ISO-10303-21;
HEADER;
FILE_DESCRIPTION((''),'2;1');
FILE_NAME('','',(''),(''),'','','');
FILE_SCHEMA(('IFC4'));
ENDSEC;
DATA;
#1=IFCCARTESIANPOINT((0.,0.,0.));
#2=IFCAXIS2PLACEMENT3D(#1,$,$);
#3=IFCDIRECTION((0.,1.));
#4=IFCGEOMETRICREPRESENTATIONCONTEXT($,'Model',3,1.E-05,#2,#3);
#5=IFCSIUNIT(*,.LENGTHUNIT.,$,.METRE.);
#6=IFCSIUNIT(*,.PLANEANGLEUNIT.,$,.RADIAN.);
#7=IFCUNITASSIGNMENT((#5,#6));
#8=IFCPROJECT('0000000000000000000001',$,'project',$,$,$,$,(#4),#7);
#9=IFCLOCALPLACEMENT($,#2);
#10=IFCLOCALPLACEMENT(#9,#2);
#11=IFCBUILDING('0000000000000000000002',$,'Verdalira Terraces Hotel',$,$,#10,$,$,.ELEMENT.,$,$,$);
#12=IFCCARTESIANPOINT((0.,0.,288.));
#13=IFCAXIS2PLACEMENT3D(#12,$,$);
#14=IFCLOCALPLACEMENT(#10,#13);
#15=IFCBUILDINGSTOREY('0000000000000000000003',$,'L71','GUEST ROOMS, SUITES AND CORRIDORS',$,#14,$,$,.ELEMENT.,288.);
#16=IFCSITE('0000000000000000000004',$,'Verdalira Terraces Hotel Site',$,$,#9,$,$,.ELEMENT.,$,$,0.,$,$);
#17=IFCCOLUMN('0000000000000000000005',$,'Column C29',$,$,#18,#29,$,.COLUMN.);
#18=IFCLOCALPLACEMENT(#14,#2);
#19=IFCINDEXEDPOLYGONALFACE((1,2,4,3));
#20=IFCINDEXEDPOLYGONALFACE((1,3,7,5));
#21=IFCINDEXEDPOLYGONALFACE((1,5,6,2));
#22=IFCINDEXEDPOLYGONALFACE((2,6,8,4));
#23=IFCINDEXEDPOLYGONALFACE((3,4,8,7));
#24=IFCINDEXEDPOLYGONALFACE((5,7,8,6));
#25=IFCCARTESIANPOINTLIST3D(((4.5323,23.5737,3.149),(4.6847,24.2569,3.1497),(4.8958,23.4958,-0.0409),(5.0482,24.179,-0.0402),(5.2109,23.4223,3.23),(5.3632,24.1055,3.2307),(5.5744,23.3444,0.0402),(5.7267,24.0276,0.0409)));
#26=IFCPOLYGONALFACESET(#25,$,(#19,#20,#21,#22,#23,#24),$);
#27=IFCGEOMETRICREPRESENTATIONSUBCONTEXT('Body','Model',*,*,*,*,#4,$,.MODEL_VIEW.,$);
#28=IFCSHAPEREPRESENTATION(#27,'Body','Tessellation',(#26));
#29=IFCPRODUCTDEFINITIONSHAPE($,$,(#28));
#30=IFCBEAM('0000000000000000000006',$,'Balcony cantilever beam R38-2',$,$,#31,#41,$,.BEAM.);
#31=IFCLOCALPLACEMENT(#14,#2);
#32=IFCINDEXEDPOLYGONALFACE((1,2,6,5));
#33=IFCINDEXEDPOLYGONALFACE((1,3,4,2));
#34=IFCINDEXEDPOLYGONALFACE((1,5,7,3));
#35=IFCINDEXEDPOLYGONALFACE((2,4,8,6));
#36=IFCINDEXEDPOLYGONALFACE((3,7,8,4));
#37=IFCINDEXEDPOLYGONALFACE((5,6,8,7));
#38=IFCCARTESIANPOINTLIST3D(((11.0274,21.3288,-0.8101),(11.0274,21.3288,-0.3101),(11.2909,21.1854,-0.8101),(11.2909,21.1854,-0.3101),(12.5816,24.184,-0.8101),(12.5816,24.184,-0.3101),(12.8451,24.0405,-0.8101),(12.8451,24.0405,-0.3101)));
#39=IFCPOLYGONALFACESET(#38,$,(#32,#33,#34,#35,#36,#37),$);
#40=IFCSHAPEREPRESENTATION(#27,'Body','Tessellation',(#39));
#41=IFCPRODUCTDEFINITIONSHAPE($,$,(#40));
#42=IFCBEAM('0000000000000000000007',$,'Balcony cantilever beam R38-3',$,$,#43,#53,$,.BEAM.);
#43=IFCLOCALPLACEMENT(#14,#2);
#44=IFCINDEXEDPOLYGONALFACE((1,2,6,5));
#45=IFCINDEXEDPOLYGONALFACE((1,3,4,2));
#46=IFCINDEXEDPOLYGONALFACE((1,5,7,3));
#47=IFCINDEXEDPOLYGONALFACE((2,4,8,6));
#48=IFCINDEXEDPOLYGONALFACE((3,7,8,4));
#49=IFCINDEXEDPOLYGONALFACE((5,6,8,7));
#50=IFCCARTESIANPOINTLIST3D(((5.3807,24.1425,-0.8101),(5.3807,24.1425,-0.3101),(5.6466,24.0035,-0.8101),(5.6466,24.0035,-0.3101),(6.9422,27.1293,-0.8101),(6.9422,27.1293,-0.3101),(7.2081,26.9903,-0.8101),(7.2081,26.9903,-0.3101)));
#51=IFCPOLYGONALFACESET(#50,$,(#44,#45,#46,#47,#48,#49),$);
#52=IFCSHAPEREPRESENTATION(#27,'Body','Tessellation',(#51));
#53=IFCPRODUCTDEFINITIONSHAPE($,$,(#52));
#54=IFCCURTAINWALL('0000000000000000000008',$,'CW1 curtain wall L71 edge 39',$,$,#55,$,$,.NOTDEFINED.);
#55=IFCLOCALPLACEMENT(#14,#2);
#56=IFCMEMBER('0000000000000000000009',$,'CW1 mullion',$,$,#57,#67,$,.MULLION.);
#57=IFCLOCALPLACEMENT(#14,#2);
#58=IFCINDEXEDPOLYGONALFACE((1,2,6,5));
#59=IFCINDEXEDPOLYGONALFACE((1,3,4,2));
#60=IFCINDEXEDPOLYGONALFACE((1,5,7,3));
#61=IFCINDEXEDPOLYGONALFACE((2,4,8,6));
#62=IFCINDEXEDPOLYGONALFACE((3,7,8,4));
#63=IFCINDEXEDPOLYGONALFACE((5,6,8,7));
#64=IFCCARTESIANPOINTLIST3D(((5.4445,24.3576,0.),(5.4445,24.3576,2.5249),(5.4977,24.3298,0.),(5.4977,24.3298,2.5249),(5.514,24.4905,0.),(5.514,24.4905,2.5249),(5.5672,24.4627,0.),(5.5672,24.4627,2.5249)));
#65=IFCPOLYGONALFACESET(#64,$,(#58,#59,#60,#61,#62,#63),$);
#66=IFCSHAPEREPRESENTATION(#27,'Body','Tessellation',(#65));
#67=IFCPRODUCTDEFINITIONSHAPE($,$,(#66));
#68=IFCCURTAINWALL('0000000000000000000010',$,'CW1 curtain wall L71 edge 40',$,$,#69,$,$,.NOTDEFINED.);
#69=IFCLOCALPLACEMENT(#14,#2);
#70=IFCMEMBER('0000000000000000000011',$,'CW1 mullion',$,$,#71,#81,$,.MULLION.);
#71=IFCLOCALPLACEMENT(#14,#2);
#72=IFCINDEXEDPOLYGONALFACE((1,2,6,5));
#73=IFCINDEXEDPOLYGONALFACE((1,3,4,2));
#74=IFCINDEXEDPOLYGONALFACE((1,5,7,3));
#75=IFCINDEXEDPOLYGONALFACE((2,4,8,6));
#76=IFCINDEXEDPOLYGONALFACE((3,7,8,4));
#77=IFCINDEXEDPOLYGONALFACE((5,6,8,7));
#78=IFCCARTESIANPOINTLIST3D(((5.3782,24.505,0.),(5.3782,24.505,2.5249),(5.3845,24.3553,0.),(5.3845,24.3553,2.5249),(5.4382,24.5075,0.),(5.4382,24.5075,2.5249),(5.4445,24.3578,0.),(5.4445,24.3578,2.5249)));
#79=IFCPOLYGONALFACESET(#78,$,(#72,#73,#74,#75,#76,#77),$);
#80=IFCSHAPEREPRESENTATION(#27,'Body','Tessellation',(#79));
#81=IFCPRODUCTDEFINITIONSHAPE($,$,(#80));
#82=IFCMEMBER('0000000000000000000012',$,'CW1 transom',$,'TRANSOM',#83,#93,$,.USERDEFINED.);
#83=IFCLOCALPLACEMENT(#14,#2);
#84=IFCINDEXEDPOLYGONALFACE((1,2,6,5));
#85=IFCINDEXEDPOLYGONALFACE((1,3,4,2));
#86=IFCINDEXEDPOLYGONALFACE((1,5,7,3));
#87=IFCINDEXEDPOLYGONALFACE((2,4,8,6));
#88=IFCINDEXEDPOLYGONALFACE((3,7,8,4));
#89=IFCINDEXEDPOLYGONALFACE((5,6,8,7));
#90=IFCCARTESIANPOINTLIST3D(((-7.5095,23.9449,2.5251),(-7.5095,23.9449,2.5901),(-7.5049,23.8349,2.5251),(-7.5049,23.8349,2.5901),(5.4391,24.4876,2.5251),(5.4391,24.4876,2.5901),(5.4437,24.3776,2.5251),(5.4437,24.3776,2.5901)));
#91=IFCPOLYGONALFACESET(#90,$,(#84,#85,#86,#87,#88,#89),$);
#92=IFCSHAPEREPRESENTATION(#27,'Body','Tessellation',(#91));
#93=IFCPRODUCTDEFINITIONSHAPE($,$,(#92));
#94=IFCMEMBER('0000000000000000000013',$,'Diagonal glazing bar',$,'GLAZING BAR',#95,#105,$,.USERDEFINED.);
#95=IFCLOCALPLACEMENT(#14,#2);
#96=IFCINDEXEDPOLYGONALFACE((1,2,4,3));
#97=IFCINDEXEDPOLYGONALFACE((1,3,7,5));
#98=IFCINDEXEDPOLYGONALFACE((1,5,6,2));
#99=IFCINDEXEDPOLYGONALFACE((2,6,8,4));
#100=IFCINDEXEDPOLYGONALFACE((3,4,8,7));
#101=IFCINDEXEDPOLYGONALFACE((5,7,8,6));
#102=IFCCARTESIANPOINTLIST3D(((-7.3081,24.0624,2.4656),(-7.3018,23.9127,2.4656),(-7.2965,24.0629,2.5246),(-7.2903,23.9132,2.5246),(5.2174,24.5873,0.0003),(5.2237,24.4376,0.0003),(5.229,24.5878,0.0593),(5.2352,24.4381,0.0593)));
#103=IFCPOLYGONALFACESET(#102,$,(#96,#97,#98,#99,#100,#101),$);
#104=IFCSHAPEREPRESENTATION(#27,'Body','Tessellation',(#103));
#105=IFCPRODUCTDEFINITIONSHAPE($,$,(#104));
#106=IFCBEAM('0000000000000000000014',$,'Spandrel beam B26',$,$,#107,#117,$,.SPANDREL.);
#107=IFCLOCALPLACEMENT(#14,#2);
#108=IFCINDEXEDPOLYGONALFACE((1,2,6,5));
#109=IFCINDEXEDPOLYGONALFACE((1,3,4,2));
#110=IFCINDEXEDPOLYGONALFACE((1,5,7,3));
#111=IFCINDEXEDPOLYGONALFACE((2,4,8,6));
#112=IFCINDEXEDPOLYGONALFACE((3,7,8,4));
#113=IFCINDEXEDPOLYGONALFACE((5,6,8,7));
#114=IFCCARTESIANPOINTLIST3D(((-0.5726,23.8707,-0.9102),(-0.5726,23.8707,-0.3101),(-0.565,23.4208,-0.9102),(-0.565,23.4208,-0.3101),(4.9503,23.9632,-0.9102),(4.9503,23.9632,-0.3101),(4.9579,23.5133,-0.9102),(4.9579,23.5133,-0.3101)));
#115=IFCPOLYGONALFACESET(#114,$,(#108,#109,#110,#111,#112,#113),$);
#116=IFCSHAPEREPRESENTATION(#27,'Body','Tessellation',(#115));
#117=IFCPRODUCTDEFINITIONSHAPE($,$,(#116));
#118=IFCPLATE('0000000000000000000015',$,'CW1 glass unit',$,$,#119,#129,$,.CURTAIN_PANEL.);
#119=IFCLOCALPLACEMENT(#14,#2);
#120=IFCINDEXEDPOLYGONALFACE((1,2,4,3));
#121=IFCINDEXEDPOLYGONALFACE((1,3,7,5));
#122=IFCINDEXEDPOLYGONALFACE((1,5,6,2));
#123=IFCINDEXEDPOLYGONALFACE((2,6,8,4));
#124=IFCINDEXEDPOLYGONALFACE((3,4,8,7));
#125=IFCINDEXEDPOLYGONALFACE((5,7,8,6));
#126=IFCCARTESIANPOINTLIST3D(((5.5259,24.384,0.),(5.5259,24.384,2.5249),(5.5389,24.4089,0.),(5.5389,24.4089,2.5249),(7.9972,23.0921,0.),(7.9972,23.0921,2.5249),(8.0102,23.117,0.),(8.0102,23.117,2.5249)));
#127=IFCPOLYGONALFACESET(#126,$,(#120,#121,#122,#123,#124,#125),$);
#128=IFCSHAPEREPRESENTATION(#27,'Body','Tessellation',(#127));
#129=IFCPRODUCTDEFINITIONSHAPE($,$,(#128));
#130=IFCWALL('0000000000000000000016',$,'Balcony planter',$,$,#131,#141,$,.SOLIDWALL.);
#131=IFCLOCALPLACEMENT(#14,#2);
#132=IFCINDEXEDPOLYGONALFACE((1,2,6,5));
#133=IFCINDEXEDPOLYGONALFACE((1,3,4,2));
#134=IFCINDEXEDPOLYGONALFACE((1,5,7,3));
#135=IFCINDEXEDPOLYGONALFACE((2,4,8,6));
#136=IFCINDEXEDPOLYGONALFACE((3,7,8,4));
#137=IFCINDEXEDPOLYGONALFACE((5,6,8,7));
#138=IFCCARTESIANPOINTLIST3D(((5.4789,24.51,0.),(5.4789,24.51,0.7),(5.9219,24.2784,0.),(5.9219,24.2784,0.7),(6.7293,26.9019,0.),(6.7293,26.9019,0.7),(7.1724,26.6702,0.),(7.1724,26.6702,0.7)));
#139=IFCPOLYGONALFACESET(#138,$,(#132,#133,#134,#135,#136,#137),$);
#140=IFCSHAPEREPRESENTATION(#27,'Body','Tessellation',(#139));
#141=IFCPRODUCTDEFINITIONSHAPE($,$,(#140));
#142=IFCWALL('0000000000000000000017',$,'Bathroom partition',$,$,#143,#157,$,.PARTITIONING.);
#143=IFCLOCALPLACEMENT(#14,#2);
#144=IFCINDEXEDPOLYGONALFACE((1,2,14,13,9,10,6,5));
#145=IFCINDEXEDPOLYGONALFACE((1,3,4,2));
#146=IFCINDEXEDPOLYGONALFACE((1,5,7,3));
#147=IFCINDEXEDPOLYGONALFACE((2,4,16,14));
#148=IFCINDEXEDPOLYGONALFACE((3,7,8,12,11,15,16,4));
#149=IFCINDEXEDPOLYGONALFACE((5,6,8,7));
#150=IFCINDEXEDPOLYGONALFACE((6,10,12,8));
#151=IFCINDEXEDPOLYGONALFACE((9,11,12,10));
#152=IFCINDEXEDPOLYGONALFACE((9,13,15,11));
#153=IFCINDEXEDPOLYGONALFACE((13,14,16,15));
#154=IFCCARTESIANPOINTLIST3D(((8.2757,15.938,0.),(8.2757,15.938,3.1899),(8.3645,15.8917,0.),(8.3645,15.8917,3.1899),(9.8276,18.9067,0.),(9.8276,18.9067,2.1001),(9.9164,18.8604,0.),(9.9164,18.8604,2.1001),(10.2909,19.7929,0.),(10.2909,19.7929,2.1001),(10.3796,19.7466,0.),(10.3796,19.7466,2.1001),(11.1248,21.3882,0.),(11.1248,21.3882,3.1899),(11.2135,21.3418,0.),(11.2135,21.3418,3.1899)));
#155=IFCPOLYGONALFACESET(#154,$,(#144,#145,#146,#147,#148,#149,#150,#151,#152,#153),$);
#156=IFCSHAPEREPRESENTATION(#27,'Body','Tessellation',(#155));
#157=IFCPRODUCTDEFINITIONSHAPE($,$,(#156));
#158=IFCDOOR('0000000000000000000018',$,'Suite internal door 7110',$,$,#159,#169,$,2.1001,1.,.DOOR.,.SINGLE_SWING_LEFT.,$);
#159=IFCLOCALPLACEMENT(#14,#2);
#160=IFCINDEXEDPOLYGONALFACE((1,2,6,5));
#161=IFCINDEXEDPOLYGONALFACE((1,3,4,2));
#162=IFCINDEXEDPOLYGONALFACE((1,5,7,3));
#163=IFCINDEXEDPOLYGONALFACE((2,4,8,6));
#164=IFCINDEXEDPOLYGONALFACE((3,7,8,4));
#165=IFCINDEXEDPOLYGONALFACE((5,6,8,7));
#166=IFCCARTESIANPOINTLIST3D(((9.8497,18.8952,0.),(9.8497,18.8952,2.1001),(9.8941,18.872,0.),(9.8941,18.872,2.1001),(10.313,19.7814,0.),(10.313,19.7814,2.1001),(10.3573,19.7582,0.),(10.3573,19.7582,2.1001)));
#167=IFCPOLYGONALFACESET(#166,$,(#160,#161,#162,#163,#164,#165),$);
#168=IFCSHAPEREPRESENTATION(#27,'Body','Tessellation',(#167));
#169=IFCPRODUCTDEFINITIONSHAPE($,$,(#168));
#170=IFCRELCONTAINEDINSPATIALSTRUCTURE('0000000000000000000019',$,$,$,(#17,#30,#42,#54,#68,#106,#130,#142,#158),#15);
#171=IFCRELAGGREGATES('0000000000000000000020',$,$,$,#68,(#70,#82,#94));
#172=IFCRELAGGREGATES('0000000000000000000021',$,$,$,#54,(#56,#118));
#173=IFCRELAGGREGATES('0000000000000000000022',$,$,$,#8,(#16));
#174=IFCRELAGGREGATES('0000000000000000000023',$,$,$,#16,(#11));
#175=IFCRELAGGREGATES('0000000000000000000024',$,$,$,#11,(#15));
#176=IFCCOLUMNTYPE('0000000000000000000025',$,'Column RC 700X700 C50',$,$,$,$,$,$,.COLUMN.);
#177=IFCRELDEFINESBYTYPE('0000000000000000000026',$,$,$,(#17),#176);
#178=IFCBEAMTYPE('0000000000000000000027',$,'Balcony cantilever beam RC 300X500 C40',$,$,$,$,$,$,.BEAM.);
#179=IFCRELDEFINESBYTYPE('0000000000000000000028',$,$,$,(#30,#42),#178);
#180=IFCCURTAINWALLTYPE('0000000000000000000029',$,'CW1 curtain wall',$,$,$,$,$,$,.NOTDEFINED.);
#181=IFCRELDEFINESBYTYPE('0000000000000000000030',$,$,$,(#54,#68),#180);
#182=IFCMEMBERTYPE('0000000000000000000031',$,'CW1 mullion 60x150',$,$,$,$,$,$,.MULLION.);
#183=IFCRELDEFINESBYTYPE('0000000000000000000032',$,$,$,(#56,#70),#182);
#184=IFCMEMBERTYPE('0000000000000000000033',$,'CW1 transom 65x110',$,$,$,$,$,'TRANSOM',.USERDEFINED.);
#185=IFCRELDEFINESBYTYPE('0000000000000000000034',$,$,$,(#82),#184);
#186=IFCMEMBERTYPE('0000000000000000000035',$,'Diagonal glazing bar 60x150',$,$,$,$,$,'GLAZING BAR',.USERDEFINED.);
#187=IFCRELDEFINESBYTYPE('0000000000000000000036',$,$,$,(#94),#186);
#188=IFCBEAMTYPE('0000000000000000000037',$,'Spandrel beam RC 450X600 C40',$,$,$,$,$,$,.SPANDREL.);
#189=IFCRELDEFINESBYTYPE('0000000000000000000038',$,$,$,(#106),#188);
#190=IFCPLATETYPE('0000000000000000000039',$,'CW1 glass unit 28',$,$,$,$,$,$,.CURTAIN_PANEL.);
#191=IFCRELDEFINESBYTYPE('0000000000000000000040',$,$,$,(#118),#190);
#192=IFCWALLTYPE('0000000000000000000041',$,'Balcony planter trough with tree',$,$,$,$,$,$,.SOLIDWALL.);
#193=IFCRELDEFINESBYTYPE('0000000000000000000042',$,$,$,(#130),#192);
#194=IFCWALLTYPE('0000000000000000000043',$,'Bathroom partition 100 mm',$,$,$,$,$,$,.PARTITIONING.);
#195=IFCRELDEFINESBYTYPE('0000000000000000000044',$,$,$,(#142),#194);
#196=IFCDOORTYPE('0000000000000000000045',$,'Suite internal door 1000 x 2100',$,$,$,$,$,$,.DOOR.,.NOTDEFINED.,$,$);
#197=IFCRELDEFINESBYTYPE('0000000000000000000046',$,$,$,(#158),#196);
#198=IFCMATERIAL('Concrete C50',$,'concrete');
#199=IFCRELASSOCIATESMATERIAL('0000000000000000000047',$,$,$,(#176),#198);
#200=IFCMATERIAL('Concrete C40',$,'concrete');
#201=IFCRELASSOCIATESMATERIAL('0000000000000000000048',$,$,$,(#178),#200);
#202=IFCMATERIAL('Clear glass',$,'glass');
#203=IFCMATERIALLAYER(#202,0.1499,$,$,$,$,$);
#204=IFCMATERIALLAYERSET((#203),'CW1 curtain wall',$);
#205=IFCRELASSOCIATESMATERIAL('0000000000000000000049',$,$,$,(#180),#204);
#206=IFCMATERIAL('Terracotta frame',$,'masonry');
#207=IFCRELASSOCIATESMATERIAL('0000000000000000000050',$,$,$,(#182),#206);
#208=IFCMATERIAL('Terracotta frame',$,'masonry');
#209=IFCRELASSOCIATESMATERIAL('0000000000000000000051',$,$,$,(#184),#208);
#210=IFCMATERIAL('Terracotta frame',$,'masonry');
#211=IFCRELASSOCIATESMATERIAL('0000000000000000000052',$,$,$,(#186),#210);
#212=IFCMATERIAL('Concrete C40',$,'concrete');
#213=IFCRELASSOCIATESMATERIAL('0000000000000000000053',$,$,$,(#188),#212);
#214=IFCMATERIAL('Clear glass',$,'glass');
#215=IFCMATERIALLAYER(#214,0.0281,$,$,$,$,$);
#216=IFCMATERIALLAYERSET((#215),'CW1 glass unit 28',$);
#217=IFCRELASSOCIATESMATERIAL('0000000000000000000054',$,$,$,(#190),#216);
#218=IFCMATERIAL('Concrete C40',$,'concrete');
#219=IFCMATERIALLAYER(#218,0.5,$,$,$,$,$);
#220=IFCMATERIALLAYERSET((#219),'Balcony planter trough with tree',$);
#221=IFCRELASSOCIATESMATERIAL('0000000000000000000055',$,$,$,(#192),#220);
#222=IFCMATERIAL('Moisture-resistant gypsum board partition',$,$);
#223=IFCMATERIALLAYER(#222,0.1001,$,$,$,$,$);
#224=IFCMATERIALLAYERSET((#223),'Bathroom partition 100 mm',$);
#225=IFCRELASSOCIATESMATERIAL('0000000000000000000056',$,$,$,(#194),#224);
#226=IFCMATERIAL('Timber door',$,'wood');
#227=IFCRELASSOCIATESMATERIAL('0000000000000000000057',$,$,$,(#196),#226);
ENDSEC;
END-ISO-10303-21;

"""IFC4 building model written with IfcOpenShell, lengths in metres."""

from ifc_helpers import new_model, si_unit, direction, frame, frame_2d, origin, origin_2d, place, context, subcontext, project, spatial, rectangle, extrude, material, layer, layer_set, material_profile, profile_set, type_object, element, fill, aggregate, save


model = new_model("IFC4")

# Units and contexts
model_context = context("Model", 3, precision=1e-05, world=origin(), true_north=direction((0.0, 1.0)))
body_context = subcontext(model_context, "Body", "Model", "MODEL_VIEW")
ifc_project = project(units=[si_unit("LENGTHUNIT", "METRE"), si_unit("PLANEANGLEUNIT", "RADIAN")], contexts=[model_context])

# Site, building, storey
site_placement = place(None, origin())
site = spatial("IfcSite", under=ifc_project, at=site_placement, Name="Verdalira Terraces Hotel Site", CompositionType="ELEMENT", RefElevation=0.0)
building_placement = place(site_placement, origin())
building = spatial("IfcBuilding", under=site, at=building_placement, Name="Verdalira Terraces Hotel", CompositionType="ELEMENT")
storey_placement = place(building_placement, frame((0.0, 0.0, 288.0)))
storey = spatial("IfcBuildingStorey", under=building, at=storey_placement, Name="L71", Description="GUEST ROOMS, SUITES AND CORRIDORS", CompositionType="ELEMENT", Elevation=288.0)

# Column
ifc_material_1 = material(Name="Concrete C50", Category="concrete")
ifc_material_profile_1 = material_profile(ifc_material_1, rectangle(XDim=0.7, YDim=0.7, at=origin_2d()), Name="RC 700X700")
ifc_profile_set_1 = profile_set([ifc_material_profile_1], Name="Concrete C50")
column_type = type_object("IfcColumnType", Name="Column RC 700X700 C50", PredefinedType="COLUMN", material=ifc_profile_set_1)
column_placement = place(storey_placement, frame((5.3113, 23.7617, 0.0), z_axis=(-0.113194, 0.02425, 0.993277), x_axis=(0.969437, -0.216315, 0.115758)))
element("IfcColumn", 1, at=column_placement, inside=storey, type_object=column_type, Name="Column C29", PredefinedType="COLUMN", context=body_context, shape_type="SweptSolid", body=[
    extrude(rectangle(XDim=0.7, YDim=0.7, at=origin_2d()), origin(), (0.0, 0.0, 1.0), 3.2114),
])

# Beams
ifc_material_2 = material(Name="Concrete C40", Category="concrete")
ifc_material_profile_2 = material_profile(ifc_material_2, rectangle(XDim=0.3, YDim=0.5, at=origin_2d()), Name="RC 300X500")
ifc_profile_set_2 = profile_set([ifc_material_profile_2], Name="Concrete C40")
beam_type_1 = type_object("IfcBeamType", Name="Balcony cantilever beam RC 300X500 C40", PredefinedType="BEAM", material=ifc_profile_set_2)
beam_1_placement = place(storey_placement, frame((11.1592, 21.2571, -0.5601), z_axis=(0.478094, 0.878309, 0.0), x_axis=(-0.878309, 0.478094, 0.0)))
element("IfcBeam", 2, at=beam_1_placement, inside=storey, type_object=beam_type_1, Name="Balcony cantilever beam R38-2", PredefinedType="BEAM", context=body_context, shape_type="SweptSolid", body=[
    extrude(rectangle(XDim=0.3, YDim=0.5, at=origin_2d()), origin(), (0.0, 0.0, 1.0), 3.2507),
])
beam_2_placement = place(storey_placement, frame((5.5137, 24.073, -0.5601), z_axis=(0.463309, 0.886197, 0.0), x_axis=(-0.886197, 0.463309, 0.0)))
element("IfcBeam", 3, at=beam_2_placement, inside=storey, type_object=beam_type_1, Name="Balcony cantilever beam R38-3", PredefinedType="BEAM", context=body_context, shape_type="SweptSolid", body=[
    extrude(rectangle(XDim=0.3, YDim=0.5, at=origin_2d()), origin(), (0.0, 0.0, 1.0), 3.3704),
])

# Curtain wall, member
ifc_material_3 = material(Name="Clear glass", Category="glass")
ifc_layer_1 = layer(ifc_material_3, 0.1499)
ifc_layer_set_1 = layer_set([ifc_layer_1], Name="CW1 curtain wall")
curtain_wall_type = type_object("IfcCurtainWallType", Name="CW1 curtain wall", PredefinedType="NOTDEFINED", material=ifc_layer_set_1)
curtain_wall_1_placement = place(storey_placement, origin())
curtain_wall_1 = element("IfcCurtainWall", 4, at=curtain_wall_1_placement, inside=storey, type_object=curtain_wall_type, Name="CW1 curtain wall L71 edge 39", PredefinedType="NOTDEFINED")
ifc_material_4 = material(Name="Terracotta frame", Category="masonry")
ifc_material_profile_3 = material_profile(ifc_material_4, rectangle(XDim=0.0601, YDim=0.1499, at=origin_2d()), Name="MU 60x150")
ifc_profile_set_3 = profile_set([ifc_material_profile_3], Name="Terracotta frame")
member_type_1 = type_object("IfcMemberType", Name="CW1 mullion 60x150", PredefinedType="MULLION", material=ifc_profile_set_3)
member_1_placement = place(storey_placement, frame((5.5059, 24.4102, 0.0), z_axis=(0.0, 0.0, 1.0), x_axis=(-0.886204, 0.463296, 0.0)))
member_1 = element("IfcMember", 5, at=member_1_placement, type_object=member_type_1, Name="CW1 mullion", PredefinedType="MULLION", context=body_context, shape_type="SweptSolid", body=[
    extrude(rectangle(XDim=0.0601, YDim=0.1499, at=origin_2d()), origin(), (0.0, 0.0, 1.0), 2.5249),
])

# Curtain wall, members
curtain_wall_2_placement = place(storey_placement, origin())
curtain_wall_2 = element("IfcCurtainWall", 6, at=curtain_wall_2_placement, inside=storey, type_object=curtain_wall_type, Name="CW1 curtain wall L71 edge 40", PredefinedType="NOTDEFINED")
member_2_placement = place(storey_placement, frame((5.4114, 24.4314, 0.0), z_axis=(0.0, 0.0, 1.0), x_axis=(-0.999123, -0.041876, 0.0)))
member_2 = element("IfcMember", 7, at=member_2_placement, type_object=member_type_1, Name="CW1 mullion", PredefinedType="MULLION", context=body_context, shape_type="SweptSolid", body=[
    extrude(rectangle(XDim=0.0601, YDim=0.1499, at=origin_2d()), origin(), (0.0, 0.0, 1.0), 2.5249),
])
ifc_material_5 = material(Name="Terracotta frame", Category="masonry")
ifc_material_profile_4 = material_profile(ifc_material_5, rectangle(XDim=0.1101, YDim=0.0649, at=origin_2d()), Name="TR 65x110")
ifc_profile_set_4 = profile_set([ifc_material_profile_4], Name="Terracotta frame")
member_type_2 = type_object("IfcMemberType", Name="CW1 transom 65x110", ElementType="TRANSOM", PredefinedType="USERDEFINED", material=ifc_profile_set_4)
member_3_placement = place(storey_placement, frame((5.4414, 24.4326, 2.5576), z_axis=(-0.999123, -0.041877, 0.0), x_axis=(0.041877, -0.999123, 0.0)))
member_3 = element("IfcMember", 8, at=member_3_placement, type_object=member_type_2, Name="CW1 transom", ObjectType="TRANSOM", PredefinedType="USERDEFINED", context=body_context, shape_type="SweptSolid", body=[
    extrude(rectangle(XDim=0.1101, YDim=0.0649, at=origin_2d()), origin(), (0.0, 0.0, 1.0), 12.96),
])
ifc_material_6 = material(Name="Terracotta frame", Category="masonry")
ifc_material_profile_5 = material_profile(ifc_material_6, rectangle(XDim=0.1499, YDim=0.0601, at=origin_2d()), Name="GB 60x150")
ifc_profile_set_5 = profile_set([ifc_material_profile_5], Name="Terracotta frame")
member_type_3 = type_object("IfcMemberType", Name="Diagonal glazing bar 60x150", ElementType="GLAZING BAR", PredefinedType="USERDEFINED", material=ifc_profile_set_5)
member_4_placement = place(storey_placement, frame((5.2263, 24.5127, 0.0298), z_axis=(-0.980347, -0.041083, 0.192955), x_axis=(0.041869, -0.999123, 0.0)))
member_4 = element("IfcMember", 9, at=member_4_placement, type_object=member_type_3, Name="Diagonal glazing bar", ObjectType="GLAZING BAR", PredefinedType="USERDEFINED", context=body_context, shape_type="SweptSolid", body=[
    extrude(rectangle(XDim=0.1499, YDim=0.0601, at=origin_2d()), origin(), (0.0, 0.0, 1.0), 12.7766),
])
aggregate(curtain_wall_2, [member_2, member_3, member_4])

# Beam
ifc_material_7 = material(Name="Concrete C40", Category="concrete")
ifc_material_profile_6 = material_profile(ifc_material_7, rectangle(XDim=0.45, YDim=0.6001, at=origin_2d()), Name="RC 450X600")
ifc_profile_set_6 = profile_set([ifc_material_profile_6], Name="Concrete C40")
beam_type_2 = type_object("IfcBeamType", Name="Spandrel beam RC 450X600 C40", PredefinedType="SPANDREL", material=ifc_profile_set_6)
beam_3_placement = place(storey_placement, frame((4.9541, 23.7383, -0.6101), z_axis=(-0.99986, -0.016751, 0.0), x_axis=(0.016751, -0.99986, 0.0)))
element("IfcBeam", 10, at=beam_3_placement, inside=storey, type_object=beam_type_2, Name="Spandrel beam B26", PredefinedType="SPANDREL", context=body_context, shape_type="SweptSolid", body=[
    extrude(rectangle(XDim=0.45, YDim=0.6001, at=origin_2d()), origin(), (0.0, 0.0, 1.0), 5.5237),
])

# Plate
ifc_material_8 = material(Name="Clear glass", Category="glass")
ifc_layer_2 = layer(ifc_material_8, 0.0281)
ifc_layer_set_2 = layer_set([ifc_layer_2], Name="CW1 glass unit 28")
plate_type = type_object("IfcPlateType", Name="CW1 glass unit 28", PredefinedType="CURTAIN_PANEL", material=ifc_layer_set_2)
plate_placement = place(storey_placement, frame((6.7681, 23.7505, 0.0), z_axis=(0.0, 0.0, 1.0), x_axis=(-0.886204, 0.463296, 0.0)))
plate = element("IfcPlate", 11, at=plate_placement, type_object=plate_type, Name="CW1 glass unit", PredefinedType="CURTAIN_PANEL", context=body_context, shape_type="SweptSolid", body=[
    extrude(rectangle(XDim=2.7886, YDim=0.0281, at=origin_2d()), origin(), (0.0, 0.0, 1.0), 2.5249),
])
aggregate(curtain_wall_1, [member_1, plate])

# Wall
ifc_material_9 = material(Name="Concrete C40", Category="concrete")
ifc_layer_3 = layer(ifc_material_9, 0.5)
ifc_layer_set_3 = layer_set([ifc_layer_3], Name="Balcony planter trough with tree")
wall_type_1 = type_object("IfcWallType", Name="Balcony planter trough with tree", PredefinedType="SOLIDWALL", material=ifc_layer_set_3)
wall_1_placement = place(storey_placement, frame((6.9509, 26.7861, 0.0), z_axis=(0.0, 0.0, 1.0), x_axis=(-0.463314, -0.886194, 0.0)))
element("IfcWall", 12, at=wall_1_placement, inside=storey, type_object=wall_type_1, Name="Balcony planter", PredefinedType="SOLIDWALL", context=body_context, shape_type="SweptSolid", body=[
    extrude(rectangle(XDim=2.699, YDim=0.5, at=frame_2d((1.3496, 0.0))), origin(), (0.0, 0.0, 1.0), 0.7),
])

# Wall, opening, door
ifc_material_10 = material(Name="Moisture-resistant gypsum board partition")
ifc_layer_4 = layer(ifc_material_10, 0.1001)
ifc_layer_set_4 = layer_set([ifc_layer_4], Name="Bathroom partition 100 mm")
wall_type_2 = type_object("IfcWallType", Name="Bathroom partition 100 mm", PredefinedType="PARTITIONING", material=ifc_layer_set_4)
wall_2_placement = place(storey_placement, frame((11.1692, 21.365, 0.0), z_axis=(0.0, 0.0, 1.0), x_axis=(-0.463274, -0.886215, 0.0)))
wall_2 = element("IfcWall", 13, at=wall_2_placement, inside=storey, type_object=wall_type_2, Name="Bathroom partition", PredefinedType="PARTITIONING", context=body_context, shape_type="SweptSolid", body=[
    extrude(rectangle(XDim=6.1499, YDim=0.1001, at=frame_2d((3.075, 0.0))), origin(), (0.0, 0.0, 1.0), 3.1899),
])
opening_1_placement = place(wall_2_placement, frame((1.8, 0.0, 0.0)))
opening_1 = element("IfcOpeningElement", 14, at=opening_1_placement, cuts=wall_2, PredefinedType="OPENING", context=body_context, shape_type="SweptSolid", body=[
    extrude(rectangle(XDim=1.0, YDim=2.1001, at=frame_2d((0.5, 1.05))), frame((0.0, 0.0601, 0.0), z_axis=(0.0, -1.0, 0.0), x_axis=(1.0, 0.0, 0.0)), (0.0, 0.0, 1.0), 0.1201),
])
ifc_material_11 = material(Name="Timber door", Category="wood")
door_type_1 = type_object("IfcDoorType", Name="Suite internal door 1000 x 2100", OperationType="NOTDEFINED", PredefinedType="DOOR", material=ifc_material_11)
door_1_placement = place(opening_1_placement, origin())
door_1 = element("IfcDoor", 15, at=door_1_placement, inside=storey, type_object=door_type_1, Name="Suite internal door 7110", OperationType="SINGLE_SWING_LEFT", OverallHeight=2.1001, OverallWidth=1.0, PredefinedType="DOOR", context=body_context, shape_type="SweptSolid", body=[
    extrude(rectangle(XDim=1.0, YDim=2.1001, at=frame_2d((0.5, 1.05))), frame((0.0, 0.0249, 0.0), z_axis=(0.0, -1.0, 0.0), x_axis=(1.0, 0.0, 0.0)), (0.0, 0.0, 1.0), 0.05),
])
fill(opening_1, door_1)

save(model, "model.ifc")
